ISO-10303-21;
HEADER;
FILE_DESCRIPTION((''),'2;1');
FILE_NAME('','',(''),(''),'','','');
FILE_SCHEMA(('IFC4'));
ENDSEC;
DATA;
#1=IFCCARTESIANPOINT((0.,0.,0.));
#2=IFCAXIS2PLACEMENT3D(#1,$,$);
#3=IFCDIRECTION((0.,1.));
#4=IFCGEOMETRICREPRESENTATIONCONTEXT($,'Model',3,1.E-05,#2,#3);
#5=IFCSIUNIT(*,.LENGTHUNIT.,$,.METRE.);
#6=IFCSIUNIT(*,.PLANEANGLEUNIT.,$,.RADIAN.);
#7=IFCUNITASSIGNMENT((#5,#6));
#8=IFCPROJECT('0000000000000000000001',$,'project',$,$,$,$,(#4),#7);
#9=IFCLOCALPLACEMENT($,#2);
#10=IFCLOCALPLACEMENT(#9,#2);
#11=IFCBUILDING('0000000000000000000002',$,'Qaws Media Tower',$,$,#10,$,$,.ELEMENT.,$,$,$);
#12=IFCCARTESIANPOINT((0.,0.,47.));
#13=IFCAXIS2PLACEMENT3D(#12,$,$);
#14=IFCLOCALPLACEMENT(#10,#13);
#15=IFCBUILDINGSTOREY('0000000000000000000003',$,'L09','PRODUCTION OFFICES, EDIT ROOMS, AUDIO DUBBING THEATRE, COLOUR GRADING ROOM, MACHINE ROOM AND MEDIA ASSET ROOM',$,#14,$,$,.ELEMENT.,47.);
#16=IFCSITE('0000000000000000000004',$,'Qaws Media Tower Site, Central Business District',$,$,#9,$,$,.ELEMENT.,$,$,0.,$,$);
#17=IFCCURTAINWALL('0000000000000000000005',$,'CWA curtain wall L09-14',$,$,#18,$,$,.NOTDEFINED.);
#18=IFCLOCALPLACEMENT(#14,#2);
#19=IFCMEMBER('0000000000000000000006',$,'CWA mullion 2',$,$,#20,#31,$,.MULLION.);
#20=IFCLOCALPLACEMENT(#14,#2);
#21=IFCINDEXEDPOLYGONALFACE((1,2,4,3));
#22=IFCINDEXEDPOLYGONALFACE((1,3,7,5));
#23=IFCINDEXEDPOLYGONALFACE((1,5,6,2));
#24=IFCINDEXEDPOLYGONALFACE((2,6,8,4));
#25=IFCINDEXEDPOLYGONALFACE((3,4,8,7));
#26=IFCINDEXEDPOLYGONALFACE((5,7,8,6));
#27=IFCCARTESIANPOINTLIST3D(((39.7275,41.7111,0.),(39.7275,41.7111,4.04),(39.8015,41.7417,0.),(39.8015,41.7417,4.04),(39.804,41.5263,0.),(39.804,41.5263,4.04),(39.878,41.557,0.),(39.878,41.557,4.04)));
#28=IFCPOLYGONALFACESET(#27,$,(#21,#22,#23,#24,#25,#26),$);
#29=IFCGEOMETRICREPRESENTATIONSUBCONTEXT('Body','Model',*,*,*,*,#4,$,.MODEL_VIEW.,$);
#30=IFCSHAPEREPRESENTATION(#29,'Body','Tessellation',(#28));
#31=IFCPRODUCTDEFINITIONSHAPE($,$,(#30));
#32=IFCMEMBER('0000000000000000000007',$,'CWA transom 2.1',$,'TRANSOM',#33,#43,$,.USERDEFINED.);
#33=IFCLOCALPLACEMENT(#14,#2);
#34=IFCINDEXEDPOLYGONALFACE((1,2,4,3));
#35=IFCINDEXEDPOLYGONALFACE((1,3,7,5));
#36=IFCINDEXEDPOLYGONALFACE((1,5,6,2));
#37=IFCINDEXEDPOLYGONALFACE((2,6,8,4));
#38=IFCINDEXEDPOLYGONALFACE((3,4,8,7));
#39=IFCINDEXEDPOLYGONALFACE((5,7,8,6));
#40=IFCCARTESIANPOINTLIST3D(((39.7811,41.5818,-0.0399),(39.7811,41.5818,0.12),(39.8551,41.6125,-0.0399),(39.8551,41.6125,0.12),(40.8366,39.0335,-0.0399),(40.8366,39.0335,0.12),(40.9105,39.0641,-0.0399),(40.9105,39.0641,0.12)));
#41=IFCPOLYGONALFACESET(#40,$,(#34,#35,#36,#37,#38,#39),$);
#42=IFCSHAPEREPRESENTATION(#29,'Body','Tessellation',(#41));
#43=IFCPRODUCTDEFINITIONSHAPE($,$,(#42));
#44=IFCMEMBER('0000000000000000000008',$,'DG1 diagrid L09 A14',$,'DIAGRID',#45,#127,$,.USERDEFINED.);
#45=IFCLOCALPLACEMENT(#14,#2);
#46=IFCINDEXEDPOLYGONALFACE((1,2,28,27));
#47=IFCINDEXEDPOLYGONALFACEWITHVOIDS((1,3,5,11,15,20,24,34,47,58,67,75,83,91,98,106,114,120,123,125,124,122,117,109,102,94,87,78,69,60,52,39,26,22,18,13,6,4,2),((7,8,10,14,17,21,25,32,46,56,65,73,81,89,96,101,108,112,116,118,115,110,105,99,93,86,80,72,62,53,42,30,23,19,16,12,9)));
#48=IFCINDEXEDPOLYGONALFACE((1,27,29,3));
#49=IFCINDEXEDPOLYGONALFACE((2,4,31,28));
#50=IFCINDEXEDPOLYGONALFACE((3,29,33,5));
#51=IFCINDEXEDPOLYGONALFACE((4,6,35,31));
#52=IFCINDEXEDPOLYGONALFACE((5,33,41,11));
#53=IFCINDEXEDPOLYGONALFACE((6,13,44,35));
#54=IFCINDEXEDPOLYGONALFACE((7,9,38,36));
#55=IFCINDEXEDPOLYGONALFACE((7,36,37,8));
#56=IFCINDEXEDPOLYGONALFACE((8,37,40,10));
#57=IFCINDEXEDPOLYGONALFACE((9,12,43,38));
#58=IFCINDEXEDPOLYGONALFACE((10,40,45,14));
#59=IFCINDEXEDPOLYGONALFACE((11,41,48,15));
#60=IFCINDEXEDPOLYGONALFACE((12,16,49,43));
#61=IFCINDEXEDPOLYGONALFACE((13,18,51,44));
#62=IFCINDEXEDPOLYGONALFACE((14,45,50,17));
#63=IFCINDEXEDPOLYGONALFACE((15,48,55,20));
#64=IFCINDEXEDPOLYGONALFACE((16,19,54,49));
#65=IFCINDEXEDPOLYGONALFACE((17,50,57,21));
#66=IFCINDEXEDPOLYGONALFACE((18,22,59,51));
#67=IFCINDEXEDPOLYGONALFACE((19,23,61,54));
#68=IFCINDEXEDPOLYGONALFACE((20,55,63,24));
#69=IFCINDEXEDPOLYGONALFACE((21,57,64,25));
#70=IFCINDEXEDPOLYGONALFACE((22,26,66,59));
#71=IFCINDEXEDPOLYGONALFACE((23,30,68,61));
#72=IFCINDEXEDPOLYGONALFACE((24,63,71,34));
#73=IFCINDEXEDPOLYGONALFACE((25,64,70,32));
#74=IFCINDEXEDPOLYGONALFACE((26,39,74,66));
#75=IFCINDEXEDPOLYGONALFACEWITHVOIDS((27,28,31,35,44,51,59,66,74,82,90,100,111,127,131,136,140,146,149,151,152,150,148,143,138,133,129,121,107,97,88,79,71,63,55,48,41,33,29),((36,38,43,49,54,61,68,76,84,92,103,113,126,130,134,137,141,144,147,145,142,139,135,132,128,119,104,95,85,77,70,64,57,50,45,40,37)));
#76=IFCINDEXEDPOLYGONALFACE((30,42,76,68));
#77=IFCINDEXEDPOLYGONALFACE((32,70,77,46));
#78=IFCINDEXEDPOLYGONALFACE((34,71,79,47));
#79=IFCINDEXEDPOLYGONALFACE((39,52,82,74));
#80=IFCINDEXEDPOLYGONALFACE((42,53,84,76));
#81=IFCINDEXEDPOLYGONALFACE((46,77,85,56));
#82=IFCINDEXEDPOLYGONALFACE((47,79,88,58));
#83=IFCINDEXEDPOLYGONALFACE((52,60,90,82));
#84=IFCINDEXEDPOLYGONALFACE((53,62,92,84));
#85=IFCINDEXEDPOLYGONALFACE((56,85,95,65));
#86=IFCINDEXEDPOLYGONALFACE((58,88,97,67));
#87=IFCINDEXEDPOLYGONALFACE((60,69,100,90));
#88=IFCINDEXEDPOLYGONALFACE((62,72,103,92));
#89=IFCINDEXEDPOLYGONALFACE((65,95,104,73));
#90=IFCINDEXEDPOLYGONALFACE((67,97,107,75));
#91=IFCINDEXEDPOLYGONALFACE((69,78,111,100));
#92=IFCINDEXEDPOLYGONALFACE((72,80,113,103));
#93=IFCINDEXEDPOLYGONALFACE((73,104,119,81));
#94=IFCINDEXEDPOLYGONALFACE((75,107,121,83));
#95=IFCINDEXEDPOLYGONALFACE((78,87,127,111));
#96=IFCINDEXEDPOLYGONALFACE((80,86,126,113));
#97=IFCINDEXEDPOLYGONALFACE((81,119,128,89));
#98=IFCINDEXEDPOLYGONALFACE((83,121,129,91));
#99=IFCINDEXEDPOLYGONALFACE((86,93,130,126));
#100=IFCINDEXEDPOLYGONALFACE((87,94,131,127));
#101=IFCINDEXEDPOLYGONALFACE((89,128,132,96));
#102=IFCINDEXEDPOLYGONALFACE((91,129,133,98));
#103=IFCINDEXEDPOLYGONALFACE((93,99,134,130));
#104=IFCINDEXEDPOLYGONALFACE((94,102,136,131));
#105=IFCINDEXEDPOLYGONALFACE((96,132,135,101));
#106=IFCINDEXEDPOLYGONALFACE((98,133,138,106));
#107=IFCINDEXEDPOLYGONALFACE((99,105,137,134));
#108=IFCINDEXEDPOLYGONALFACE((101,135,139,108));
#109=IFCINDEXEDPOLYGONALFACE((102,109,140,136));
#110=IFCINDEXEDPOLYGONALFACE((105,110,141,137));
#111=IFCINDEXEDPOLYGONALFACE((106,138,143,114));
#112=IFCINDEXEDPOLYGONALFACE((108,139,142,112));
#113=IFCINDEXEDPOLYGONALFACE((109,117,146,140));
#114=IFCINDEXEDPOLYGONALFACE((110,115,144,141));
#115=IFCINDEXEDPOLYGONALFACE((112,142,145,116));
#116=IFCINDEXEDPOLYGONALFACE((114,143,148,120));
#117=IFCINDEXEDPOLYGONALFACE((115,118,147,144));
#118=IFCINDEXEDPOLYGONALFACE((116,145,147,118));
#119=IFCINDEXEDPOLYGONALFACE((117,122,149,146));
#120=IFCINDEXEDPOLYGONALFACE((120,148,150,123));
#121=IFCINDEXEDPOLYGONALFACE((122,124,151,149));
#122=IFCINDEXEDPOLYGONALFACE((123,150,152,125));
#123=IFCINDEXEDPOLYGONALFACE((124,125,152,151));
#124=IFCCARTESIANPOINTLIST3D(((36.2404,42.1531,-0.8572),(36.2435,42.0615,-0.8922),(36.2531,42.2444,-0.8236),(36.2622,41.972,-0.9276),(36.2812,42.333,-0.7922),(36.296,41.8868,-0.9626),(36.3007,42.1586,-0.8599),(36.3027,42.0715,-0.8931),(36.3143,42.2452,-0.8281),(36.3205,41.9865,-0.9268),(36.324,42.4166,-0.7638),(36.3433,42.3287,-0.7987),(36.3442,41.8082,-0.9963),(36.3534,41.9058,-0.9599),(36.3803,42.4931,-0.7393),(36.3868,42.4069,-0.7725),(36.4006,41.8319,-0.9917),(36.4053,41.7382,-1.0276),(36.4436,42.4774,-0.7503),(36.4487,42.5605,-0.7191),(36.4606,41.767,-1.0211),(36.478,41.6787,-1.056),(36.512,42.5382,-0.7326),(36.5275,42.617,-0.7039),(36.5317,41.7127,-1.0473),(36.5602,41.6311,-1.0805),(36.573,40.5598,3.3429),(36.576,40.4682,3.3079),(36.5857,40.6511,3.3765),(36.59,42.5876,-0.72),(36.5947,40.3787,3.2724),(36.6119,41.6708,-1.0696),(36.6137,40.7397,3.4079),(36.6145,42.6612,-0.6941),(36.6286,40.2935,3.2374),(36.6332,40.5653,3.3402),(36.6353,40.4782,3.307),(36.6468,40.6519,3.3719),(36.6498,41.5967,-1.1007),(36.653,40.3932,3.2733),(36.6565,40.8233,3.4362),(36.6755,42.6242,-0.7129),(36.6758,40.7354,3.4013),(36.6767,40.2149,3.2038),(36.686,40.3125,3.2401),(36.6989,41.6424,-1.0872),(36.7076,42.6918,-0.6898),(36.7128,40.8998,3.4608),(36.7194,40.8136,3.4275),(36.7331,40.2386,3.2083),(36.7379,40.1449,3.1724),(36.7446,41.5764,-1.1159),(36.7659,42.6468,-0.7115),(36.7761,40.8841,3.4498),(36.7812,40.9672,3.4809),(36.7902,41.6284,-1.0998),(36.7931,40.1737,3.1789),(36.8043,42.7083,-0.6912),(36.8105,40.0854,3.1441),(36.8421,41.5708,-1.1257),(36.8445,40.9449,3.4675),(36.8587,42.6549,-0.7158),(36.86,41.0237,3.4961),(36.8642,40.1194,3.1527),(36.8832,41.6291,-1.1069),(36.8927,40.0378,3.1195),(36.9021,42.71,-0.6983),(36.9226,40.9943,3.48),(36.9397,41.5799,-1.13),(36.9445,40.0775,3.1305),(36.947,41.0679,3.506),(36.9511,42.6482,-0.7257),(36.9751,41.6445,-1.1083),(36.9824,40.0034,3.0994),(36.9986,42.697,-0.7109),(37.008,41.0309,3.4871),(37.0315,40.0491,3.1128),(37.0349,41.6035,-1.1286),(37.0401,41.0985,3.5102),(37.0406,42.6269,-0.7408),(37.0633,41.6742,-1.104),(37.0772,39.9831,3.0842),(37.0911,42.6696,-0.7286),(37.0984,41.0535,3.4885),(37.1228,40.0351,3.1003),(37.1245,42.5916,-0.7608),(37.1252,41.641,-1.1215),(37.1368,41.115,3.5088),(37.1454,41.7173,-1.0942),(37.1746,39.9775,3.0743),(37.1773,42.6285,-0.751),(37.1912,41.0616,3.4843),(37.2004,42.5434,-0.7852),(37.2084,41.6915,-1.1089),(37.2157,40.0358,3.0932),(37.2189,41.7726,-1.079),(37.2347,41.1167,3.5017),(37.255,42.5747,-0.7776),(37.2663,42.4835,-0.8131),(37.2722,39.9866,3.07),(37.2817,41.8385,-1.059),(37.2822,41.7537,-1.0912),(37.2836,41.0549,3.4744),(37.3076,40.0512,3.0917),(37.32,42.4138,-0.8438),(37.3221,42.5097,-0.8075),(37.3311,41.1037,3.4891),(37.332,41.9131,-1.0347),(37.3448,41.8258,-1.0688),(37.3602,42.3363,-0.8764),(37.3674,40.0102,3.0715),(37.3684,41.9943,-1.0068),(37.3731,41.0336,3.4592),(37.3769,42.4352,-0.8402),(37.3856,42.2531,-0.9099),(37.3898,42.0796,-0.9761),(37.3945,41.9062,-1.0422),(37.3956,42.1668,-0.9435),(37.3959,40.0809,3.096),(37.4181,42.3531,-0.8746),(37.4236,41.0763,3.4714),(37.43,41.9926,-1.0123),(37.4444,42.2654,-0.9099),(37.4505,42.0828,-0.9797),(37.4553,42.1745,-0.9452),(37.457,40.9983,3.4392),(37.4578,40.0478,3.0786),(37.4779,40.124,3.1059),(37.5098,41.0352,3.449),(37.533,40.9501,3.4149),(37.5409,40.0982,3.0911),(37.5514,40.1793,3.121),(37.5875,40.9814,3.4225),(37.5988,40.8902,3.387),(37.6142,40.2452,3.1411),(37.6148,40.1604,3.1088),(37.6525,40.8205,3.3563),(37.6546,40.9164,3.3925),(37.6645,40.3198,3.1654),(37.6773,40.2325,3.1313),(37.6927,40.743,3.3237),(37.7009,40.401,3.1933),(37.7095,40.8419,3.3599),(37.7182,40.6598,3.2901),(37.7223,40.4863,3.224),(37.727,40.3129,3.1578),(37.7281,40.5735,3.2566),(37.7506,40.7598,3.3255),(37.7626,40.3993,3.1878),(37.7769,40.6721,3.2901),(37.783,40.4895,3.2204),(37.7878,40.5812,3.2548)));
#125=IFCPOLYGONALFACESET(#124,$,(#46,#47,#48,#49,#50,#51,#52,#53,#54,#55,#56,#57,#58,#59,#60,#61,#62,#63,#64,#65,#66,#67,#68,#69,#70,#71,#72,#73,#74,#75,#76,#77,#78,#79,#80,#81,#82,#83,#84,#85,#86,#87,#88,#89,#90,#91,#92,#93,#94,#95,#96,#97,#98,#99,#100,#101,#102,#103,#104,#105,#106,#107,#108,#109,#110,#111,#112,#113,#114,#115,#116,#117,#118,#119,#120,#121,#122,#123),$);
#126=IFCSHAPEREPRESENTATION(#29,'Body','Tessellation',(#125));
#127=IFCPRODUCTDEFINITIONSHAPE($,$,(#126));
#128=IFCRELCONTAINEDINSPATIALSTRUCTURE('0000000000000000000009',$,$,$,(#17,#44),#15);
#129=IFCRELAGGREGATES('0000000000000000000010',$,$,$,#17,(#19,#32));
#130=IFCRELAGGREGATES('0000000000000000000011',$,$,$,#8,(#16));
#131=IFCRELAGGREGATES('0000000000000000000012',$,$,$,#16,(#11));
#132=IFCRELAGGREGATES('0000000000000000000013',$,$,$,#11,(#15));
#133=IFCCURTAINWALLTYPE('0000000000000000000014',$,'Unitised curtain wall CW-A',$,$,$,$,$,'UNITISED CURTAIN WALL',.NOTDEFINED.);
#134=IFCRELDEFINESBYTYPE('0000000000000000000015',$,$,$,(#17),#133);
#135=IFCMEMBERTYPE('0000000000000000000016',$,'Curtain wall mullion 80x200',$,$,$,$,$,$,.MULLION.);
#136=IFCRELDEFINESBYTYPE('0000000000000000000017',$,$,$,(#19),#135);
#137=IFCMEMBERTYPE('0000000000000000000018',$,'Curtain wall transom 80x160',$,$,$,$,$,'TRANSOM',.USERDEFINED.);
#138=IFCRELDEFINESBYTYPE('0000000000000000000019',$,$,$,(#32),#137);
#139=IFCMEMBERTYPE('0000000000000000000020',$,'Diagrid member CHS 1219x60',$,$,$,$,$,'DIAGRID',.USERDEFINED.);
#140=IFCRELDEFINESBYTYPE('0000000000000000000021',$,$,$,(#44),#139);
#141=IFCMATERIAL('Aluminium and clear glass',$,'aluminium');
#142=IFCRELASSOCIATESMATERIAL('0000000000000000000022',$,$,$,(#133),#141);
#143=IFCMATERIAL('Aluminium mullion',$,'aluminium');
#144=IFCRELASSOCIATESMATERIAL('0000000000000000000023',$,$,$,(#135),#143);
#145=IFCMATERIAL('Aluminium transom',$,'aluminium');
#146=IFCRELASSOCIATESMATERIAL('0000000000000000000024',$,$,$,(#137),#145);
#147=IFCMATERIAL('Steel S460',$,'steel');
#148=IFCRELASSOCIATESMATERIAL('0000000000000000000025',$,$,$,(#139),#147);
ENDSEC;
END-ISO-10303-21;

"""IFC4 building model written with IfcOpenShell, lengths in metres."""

from ifc_helpers import new_model, si_unit, direction, frame, origin, origin_2d, place, context, subcontext, project, spatial, rectangle, hollow_circle, extrude, material, material_profile, profile_set, type_object, element, aggregate, save


model = new_model("IFC4")

# Units and contexts
model_context = context("Model", 3, precision=1e-05, world=origin(), true_north=direction((0.0, 1.0)))
body_context = subcontext(model_context, "Body", "Model", "MODEL_VIEW")
ifc_project = project(units=[si_unit("LENGTHUNIT", "METRE"), si_unit("PLANEANGLEUNIT", "RADIAN")], contexts=[model_context])

# Site, building, storey
site_placement = place(None, origin())
site = spatial("IfcSite", under=ifc_project, at=site_placement, Name="Qaws Media Tower Site, Central Business District", CompositionType="ELEMENT", RefElevation=0.0)
building_placement = place(site_placement, origin())
building = spatial("IfcBuilding", under=site, at=building_placement, Name="Qaws Media Tower", CompositionType="ELEMENT")
storey_placement = place(building_placement, frame((0.0, 0.0, 47.0)))
storey = spatial("IfcBuildingStorey", under=building, at=storey_placement, Name="L09", Description="PRODUCTION OFFICES, EDIT ROOMS, AUDIO DUBBING THEATRE, COLOUR GRADING ROOM, MACHINE ROOM AND MEDIA ASSET ROOM", CompositionType="ELEMENT", Elevation=47.0)

# Curtain wall, members
ifc_material_1 = material(Name="Aluminium and clear glass", Category="aluminium")
curtain_wall_type = type_object("IfcCurtainWallType", Name="Unitised curtain wall CW-A", ElementType="UNITISED CURTAIN WALL", PredefinedType="NOTDEFINED", material=ifc_material_1)
curtain_wall_placement = place(storey_placement, origin())
curtain_wall = element("IfcCurtainWall", 1, at=curtain_wall_placement, inside=storey, type_object=curtain_wall_type, Name="CWA curtain wall L09-14", PredefinedType="NOTDEFINED")
ifc_material_2 = material(Name="Aluminium mullion", Category="aluminium")
ifc_material_profile_1 = material_profile(ifc_material_2, rectangle(XDim=0.0801, YDim=0.2, at=origin_2d()), Name="80x200")
ifc_profile_set_1 = profile_set([ifc_material_profile_1], Name="Aluminium mullion")
member_type_1 = type_object("IfcMemberType", Name="Curtain wall mullion 80x200", PredefinedType="MULLION", material=ifc_profile_set_1)
member_1_placement = place(storey_placement, frame((39.8027, 41.634, 0.0), z_axis=(0.0, 0.0, 1.0), x_axis=(0.92388, 0.382683, 0.0)))
member_1 = element("IfcMember", 2, at=member_1_placement, type_object=member_type_1, Name="CWA mullion 2", PredefinedType="MULLION", context=body_context, shape_type="SweptSolid", body=[
    extrude(rectangle(XDim=0.0801, YDim=0.2, at=origin_2d()), origin(), (0.0, 0.0, 1.0), 4.04),
])
ifc_material_3 = material(Name="Aluminium transom", Category="aluminium")
ifc_material_profile_2 = material_profile(ifc_material_3, rectangle(XDim=0.0801, YDim=0.1599, at=origin_2d()), Name="80x160")
ifc_profile_set_2 = profile_set([ifc_material_profile_2], Name="Aluminium transom")
member_type_2 = type_object("IfcMemberType", Name="Curtain wall transom 80x160", ElementType="TRANSOM", PredefinedType="USERDEFINED", material=ifc_profile_set_2)
member_2_placement = place(storey_placement, frame((39.8181, 41.5972, 0.04), z_axis=(0.382641, -0.923897, 0.0), x_axis=(0.923897, 0.382641, 0.0)))
member_2 = element("IfcMember", 3, at=member_2_placement, type_object=member_type_2, Name="CWA transom 2.1", ObjectType="TRANSOM", PredefinedType="USERDEFINED", context=body_context, shape_type="SweptSolid", body=[
    extrude(rectangle(XDim=0.0801, YDim=0.1599, at=origin_2d()), origin(), (0.0, 0.0, 1.0), 2.7583),
])

# Member
ifc_material_4 = material(Name="Steel S460", Category="steel")
ifc_material_profile_3 = material_profile(ifc_material_4, hollow_circle(Radius=0.6096, WallThickness=0.0601, at=origin_2d()), Name="CHS 1219x60")
ifc_profile_set_3 = profile_set([ifc_material_profile_3], Name="Steel S460")
member_type_3 = type_object("IfcMemberType", Name="Diagrid member CHS 1219x60", ElementType="DIAGRID", PredefinedType="USERDEFINED", material=ifc_profile_set_3)
member_3_placement = place(storey_placement, frame((36.8477, 42.1409, -0.9099), z_axis=(0.073823, -0.353721, 0.932433), x_axis=(0.978908, 0.204302, 0.0)))
element("IfcMember", 4, at=member_3_placement, inside=storey, type_object=member_type_3, Name="DG1 diagrid L09 A14", ObjectType="DIAGRID", PredefinedType="USERDEFINED", context=body_context, shape_type="SweptSolid", body=[
    extrude(hollow_circle(Radius=0.6096, WallThickness=0.0601, at=origin_2d()), origin(), (0.0, 0.0, 1.0), 4.5044),
])

aggregate(curtain_wall, [member_1, member_2])

save(model, "model.ifc")
